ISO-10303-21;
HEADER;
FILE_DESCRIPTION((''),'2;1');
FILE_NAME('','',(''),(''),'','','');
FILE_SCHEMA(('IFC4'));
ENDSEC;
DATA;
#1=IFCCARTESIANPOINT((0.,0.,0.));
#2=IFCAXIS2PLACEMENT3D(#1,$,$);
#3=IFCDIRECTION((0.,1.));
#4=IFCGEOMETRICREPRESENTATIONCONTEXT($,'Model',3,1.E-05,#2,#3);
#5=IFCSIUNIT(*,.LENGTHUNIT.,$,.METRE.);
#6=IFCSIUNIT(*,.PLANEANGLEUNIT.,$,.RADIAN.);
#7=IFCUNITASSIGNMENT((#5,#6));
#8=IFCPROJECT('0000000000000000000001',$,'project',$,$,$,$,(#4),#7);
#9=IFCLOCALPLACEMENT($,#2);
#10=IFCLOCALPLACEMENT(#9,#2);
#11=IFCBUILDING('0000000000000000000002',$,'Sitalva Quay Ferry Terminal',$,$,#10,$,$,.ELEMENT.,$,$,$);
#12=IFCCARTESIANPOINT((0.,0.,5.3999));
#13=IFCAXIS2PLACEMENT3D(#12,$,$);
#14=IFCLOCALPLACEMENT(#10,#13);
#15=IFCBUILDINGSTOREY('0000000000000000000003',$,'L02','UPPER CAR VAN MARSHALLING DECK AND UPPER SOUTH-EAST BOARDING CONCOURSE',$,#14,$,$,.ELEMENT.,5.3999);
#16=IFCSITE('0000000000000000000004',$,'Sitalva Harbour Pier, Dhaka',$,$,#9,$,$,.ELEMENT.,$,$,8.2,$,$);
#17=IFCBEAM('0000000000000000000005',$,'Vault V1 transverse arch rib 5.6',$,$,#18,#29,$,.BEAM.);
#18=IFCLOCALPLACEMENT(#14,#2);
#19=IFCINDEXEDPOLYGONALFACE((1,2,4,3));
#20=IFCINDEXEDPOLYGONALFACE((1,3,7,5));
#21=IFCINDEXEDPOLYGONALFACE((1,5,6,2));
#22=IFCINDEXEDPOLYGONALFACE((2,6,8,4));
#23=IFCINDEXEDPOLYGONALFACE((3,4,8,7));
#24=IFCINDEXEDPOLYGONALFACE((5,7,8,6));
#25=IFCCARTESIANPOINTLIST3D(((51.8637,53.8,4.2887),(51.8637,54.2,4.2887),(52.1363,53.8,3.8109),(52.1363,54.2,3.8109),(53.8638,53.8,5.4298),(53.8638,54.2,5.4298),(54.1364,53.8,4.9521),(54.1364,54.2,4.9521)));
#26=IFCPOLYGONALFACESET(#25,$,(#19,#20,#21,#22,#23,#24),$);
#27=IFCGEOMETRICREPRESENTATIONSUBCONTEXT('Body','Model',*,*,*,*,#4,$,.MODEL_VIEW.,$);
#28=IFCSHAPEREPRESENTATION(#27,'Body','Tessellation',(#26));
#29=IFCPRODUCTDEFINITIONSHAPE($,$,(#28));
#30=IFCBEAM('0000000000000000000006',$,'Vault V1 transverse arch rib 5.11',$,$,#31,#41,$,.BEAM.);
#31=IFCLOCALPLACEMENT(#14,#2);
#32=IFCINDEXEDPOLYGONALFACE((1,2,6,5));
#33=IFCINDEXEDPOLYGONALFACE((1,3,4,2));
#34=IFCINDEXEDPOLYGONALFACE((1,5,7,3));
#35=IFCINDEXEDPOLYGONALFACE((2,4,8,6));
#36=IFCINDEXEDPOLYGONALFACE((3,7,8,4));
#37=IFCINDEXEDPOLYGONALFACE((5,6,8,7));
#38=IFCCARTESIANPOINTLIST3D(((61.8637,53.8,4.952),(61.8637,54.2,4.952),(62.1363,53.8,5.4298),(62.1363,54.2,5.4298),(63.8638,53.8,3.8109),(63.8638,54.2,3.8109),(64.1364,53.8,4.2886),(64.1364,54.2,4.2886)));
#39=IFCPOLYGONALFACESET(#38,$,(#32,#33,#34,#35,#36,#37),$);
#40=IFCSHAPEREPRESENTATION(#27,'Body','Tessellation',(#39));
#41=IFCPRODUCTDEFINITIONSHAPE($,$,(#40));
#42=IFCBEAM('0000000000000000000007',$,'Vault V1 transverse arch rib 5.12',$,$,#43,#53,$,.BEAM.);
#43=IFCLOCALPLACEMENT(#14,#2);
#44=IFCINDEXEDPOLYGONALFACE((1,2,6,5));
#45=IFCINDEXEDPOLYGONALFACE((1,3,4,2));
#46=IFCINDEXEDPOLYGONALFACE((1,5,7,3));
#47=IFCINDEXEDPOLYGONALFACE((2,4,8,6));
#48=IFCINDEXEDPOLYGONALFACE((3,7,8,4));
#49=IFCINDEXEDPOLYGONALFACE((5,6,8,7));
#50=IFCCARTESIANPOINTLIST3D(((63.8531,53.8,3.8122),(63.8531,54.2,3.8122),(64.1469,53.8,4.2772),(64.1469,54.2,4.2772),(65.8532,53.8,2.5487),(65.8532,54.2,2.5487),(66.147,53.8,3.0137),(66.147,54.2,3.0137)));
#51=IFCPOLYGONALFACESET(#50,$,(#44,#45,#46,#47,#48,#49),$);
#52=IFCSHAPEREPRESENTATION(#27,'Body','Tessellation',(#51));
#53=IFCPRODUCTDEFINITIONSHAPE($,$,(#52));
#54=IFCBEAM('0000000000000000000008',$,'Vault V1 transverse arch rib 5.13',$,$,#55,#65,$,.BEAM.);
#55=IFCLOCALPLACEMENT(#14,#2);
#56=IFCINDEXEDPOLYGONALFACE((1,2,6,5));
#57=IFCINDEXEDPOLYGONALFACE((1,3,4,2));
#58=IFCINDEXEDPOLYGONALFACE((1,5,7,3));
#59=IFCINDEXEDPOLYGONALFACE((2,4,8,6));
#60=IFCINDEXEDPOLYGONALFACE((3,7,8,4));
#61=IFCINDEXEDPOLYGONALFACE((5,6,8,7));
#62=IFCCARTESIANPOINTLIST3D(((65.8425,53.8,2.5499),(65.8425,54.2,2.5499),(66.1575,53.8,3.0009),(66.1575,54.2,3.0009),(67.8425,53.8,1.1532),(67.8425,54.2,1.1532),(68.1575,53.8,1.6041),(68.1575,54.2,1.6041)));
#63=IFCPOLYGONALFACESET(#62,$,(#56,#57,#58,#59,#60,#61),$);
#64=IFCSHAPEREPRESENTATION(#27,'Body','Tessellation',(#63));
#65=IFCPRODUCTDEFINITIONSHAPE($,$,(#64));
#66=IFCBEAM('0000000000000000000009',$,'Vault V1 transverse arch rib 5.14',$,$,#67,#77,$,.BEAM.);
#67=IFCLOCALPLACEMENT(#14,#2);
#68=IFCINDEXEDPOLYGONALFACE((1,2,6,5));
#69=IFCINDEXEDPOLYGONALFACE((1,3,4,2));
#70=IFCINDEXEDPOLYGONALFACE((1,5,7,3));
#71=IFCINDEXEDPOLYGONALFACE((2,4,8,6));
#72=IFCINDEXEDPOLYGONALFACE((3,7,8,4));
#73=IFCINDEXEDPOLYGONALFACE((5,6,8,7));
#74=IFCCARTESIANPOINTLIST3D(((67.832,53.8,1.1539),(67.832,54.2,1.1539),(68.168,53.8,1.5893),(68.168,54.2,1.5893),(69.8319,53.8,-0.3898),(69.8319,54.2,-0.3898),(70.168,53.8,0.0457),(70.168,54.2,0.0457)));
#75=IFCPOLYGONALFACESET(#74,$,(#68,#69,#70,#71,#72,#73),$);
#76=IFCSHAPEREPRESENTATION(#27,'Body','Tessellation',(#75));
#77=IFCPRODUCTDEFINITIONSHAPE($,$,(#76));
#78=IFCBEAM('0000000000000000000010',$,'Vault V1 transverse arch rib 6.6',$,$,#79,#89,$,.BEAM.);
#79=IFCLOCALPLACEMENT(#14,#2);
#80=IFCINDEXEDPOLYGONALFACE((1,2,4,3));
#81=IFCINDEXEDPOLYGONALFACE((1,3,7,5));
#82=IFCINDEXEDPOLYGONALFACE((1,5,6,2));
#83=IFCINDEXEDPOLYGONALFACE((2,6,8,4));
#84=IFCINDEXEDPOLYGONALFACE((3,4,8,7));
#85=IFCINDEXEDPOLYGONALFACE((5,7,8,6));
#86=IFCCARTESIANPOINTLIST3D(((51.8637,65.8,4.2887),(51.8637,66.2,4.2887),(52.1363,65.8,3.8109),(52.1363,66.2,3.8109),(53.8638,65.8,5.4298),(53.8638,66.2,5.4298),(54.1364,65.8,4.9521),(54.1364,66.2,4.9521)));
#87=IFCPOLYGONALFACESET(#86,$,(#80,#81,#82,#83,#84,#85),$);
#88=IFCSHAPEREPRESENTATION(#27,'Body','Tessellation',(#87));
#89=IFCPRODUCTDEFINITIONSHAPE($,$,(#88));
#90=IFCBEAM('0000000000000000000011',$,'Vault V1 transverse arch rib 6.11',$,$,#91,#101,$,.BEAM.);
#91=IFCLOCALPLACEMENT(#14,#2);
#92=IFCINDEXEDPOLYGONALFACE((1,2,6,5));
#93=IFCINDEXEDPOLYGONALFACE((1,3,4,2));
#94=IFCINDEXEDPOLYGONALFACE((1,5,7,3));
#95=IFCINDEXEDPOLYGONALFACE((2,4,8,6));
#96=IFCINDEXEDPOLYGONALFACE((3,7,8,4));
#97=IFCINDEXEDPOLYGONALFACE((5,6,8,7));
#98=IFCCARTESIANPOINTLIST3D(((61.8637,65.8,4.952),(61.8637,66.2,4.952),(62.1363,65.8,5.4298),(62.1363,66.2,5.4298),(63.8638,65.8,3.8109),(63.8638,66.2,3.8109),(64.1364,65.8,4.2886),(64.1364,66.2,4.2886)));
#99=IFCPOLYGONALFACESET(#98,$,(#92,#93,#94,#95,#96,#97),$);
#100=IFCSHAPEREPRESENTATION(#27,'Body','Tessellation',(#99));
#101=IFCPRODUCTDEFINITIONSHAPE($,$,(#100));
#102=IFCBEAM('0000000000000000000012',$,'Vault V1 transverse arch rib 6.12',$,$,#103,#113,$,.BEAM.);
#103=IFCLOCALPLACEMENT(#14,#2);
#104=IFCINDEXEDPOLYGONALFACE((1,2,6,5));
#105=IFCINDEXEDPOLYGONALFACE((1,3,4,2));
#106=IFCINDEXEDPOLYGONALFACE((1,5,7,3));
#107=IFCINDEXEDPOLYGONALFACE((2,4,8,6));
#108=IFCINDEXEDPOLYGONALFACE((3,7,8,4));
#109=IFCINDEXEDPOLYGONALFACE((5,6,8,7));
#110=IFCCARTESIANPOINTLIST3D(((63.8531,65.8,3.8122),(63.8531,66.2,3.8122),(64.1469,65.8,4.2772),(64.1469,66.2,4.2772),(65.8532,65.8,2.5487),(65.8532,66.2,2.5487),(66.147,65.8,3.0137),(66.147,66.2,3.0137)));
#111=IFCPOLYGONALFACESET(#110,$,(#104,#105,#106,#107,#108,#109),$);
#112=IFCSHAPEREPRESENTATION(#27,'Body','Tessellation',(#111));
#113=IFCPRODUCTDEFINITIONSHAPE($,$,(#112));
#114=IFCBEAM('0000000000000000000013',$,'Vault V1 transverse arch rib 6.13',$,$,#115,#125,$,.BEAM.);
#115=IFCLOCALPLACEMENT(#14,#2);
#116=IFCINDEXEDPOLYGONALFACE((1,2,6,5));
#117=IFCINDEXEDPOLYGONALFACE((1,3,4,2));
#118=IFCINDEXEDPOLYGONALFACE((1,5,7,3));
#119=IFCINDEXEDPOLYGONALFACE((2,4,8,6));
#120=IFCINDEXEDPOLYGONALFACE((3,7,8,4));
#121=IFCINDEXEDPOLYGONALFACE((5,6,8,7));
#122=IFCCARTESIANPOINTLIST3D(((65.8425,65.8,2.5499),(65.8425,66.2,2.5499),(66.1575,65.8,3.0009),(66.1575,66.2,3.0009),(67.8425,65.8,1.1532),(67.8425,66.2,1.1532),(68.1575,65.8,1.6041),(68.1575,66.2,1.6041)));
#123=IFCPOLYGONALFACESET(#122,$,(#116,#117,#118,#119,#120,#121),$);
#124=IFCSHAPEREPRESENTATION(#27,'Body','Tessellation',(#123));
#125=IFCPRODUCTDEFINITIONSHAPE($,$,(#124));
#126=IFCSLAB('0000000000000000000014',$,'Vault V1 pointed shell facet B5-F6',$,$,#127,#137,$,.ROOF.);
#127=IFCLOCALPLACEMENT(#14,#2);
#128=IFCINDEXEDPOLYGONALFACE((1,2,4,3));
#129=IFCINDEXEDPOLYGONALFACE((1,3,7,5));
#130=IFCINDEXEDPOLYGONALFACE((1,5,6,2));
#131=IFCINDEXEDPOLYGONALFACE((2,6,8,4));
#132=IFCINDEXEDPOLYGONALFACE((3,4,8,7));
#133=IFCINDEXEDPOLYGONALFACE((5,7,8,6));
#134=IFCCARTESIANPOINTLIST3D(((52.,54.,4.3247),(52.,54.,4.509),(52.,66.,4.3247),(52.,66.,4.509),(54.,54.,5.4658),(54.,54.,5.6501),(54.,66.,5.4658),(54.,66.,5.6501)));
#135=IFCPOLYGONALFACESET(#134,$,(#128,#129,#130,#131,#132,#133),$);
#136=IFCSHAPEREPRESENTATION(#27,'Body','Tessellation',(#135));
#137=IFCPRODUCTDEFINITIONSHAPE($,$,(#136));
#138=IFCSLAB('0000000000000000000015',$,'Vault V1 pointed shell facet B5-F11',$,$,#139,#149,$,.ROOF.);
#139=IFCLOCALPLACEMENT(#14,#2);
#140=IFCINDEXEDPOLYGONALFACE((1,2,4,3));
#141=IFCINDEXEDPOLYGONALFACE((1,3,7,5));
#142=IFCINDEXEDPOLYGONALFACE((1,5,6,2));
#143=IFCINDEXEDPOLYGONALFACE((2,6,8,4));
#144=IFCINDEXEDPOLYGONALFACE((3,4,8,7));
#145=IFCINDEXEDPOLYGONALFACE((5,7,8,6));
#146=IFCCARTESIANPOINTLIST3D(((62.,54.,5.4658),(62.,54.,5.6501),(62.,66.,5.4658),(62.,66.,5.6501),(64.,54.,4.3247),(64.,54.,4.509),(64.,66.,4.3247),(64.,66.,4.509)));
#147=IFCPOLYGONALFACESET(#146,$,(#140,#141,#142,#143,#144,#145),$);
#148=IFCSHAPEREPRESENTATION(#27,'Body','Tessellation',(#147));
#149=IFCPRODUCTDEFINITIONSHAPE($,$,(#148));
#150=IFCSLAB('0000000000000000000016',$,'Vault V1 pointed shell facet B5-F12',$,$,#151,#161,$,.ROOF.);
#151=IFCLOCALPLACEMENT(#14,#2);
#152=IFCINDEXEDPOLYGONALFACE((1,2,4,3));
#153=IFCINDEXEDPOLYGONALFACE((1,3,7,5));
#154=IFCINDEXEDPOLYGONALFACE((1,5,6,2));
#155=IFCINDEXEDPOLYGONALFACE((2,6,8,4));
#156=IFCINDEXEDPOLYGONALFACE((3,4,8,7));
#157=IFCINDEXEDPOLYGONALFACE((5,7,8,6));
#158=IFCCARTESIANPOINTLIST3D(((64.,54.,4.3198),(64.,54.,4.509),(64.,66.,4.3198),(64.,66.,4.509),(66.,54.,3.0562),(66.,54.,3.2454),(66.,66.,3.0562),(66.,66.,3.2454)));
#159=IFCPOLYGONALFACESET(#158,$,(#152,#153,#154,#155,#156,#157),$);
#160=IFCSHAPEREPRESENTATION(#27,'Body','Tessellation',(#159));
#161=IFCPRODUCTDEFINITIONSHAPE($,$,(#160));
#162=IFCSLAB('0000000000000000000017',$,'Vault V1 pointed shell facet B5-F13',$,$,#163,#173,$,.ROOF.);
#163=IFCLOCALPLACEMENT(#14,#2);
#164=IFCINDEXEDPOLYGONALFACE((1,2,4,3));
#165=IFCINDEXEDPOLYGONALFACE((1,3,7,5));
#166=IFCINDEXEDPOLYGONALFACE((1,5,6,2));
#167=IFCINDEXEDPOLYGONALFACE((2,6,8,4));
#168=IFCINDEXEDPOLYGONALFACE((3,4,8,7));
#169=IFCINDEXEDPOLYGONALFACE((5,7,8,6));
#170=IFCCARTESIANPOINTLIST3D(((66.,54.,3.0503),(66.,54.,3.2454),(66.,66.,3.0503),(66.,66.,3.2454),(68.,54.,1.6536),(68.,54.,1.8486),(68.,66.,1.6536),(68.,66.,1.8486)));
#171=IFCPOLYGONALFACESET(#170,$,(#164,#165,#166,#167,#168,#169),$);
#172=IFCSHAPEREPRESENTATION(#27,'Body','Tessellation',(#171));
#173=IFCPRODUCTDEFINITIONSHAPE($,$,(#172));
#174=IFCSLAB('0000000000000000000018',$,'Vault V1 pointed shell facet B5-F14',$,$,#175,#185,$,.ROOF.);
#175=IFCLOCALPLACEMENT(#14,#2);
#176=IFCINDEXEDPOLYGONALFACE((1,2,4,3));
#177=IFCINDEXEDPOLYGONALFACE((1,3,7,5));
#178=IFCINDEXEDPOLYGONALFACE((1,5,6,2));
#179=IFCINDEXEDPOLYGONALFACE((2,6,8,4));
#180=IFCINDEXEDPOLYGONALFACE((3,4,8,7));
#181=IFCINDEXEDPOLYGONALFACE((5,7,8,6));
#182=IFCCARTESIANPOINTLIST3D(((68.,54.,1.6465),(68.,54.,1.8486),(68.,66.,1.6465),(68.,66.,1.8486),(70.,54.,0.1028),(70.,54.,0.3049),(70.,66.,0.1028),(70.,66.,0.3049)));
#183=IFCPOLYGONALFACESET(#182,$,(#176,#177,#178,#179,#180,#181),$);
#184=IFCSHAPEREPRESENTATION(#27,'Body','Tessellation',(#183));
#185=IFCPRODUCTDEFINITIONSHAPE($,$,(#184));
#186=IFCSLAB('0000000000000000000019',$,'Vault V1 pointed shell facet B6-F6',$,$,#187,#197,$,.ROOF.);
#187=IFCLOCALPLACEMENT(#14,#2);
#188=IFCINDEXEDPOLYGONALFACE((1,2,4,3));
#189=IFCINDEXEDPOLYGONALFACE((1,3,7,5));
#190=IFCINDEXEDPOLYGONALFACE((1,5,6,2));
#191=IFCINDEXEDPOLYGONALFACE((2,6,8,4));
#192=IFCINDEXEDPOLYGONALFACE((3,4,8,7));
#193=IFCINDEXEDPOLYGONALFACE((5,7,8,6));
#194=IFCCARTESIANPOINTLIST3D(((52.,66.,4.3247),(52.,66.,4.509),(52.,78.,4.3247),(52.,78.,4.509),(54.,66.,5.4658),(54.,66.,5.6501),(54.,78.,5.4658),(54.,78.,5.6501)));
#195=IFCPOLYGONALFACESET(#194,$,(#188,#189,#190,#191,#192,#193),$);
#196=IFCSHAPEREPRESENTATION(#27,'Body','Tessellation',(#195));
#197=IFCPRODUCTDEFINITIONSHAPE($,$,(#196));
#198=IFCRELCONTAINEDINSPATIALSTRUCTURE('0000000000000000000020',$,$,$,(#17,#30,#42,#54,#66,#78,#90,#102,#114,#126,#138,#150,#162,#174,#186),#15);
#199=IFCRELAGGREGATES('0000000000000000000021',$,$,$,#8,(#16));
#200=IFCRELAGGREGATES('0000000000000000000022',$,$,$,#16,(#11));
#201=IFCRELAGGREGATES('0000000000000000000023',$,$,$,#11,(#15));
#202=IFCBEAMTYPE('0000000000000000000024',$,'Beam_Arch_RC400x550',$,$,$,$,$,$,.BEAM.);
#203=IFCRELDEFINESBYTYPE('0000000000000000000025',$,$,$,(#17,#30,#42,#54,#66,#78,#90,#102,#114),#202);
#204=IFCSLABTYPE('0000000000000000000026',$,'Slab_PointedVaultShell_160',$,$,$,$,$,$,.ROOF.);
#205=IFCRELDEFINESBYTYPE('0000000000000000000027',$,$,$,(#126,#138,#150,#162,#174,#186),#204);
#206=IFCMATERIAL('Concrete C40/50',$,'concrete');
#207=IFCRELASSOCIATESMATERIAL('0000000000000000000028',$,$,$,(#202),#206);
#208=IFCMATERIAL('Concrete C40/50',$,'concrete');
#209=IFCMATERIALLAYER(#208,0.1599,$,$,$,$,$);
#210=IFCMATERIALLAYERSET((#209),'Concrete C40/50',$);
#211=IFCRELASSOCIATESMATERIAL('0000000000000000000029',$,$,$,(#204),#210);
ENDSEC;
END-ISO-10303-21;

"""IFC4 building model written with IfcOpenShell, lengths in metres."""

from ifc_helpers import new_model, si_unit, direction, frame, origin, origin_2d, place, context, subcontext, project, spatial, polyline, rectangle, outline, extrude, material, layer, layer_set, material_profile, profile_set, type_object, element, save


model = new_model("IFC4")

# Units and contexts
model_context = context("Model", 3, precision=1e-05, world=origin(), true_north=direction((0.0, 1.0)))
body_context = subcontext(model_context, "Body", "Model", "MODEL_VIEW")
ifc_project = project(units=[si_unit("LENGTHUNIT", "METRE"), si_unit("PLANEANGLEUNIT", "RADIAN")], contexts=[model_context])

# Site, building, storey
site_placement = place(None, origin())
site = spatial("IfcSite", under=ifc_project, at=site_placement, Name="Sitalva Harbour Pier, Dhaka", CompositionType="ELEMENT", RefElevation=8.2)
building_placement = place(site_placement, origin())
building = spatial("IfcBuilding", under=site, at=building_placement, Name="Sitalva Quay Ferry Terminal", CompositionType="ELEMENT")
storey_placement = place(building_placement, frame((0.0, 0.0, 5.3999)))
storey = spatial("IfcBuildingStorey", under=building, at=storey_placement, Name="L02", Description="UPPER CAR VAN MARSHALLING DECK AND UPPER SOUTH-EAST BOARDING CONCOURSE", CompositionType="ELEMENT", Elevation=5.3999)

# Beams
ifc_material_1 = material(Name="Concrete C40/50", Category="concrete")
ifc_material_profile = material_profile(ifc_material_1, rectangle(XDim=0.3999, YDim=0.55, at=origin_2d()), Name="RC400x550")
ifc_profile_set = profile_set([ifc_material_profile], Name="Concrete C40/50")
beam_type = type_object("IfcBeamType", Name="Beam_Arch_RC400x550", PredefinedType="BEAM", material=ifc_profile_set)
for number, where, z_axis, x_axis, name in (
    (1, (52.0, 54.0, 4.0498), (0.868569, 0.0, 0.495568), (0.0, 1.0, 0.0), "Vault V1 transverse arch rib 5.6"),
    (2, (62.0, 54.0, 5.1909), (0.868569, 0.0, -0.495568), (0.0, 1.0, 0.0), "Vault V1 transverse arch rib 5.11"),
):
    element("IfcBeam", number, at=place(storey_placement, frame(where, z_axis=z_axis, x_axis=x_axis)), inside=storey, type_object=beam_type, Name=name, PredefinedType="BEAM", context=body_context, shape_type="SweptSolid", body=[
        extrude(rectangle(XDim=0.3999, YDim=0.55, at=origin_2d()), origin(), (0.0, 0.0, 1.0), 2.3027),
    ])
beam_1_placement = place(storey_placement, frame((64.0, 54.0, 4.0447), z_axis=(0.845437, 0.0, -0.534075), x_axis=(0.0, 1.0, 0.0)))
element("IfcBeam", 3, at=beam_1_placement, inside=storey, type_object=beam_type, Name="Vault V1 transverse arch rib 5.12", PredefinedType="BEAM", context=body_context, shape_type="SweptSolid", body=[
    extrude(rectangle(XDim=0.3999, YDim=0.55, at=origin_2d()), origin(), (0.0, 0.0, 1.0), 2.3657),
])
beam_2_placement = place(storey_placement, frame((66.0, 54.0, 2.7754), z_axis=(0.819861, 0.0, -0.572562), x_axis=(0.0, 1.0, 0.0)))
element("IfcBeam", 4, at=beam_2_placement, inside=storey, type_object=beam_type, Name="Vault V1 transverse arch rib 5.13", PredefinedType="BEAM", context=body_context, shape_type="SweptSolid", body=[
    extrude(rectangle(XDim=0.3999, YDim=0.55, at=origin_2d()), origin(), (0.0, 0.0, 1.0), 2.4395),
])
beam_3_placement = place(storey_placement, frame((68.0, 54.0, 1.3716), z_axis=(0.791621, 0.0, -0.611013), x_axis=(0.0, 1.0, 0.0)))
element("IfcBeam", 5, at=beam_3_placement, inside=storey, type_object=beam_type, Name="Vault V1 transverse arch rib 5.14", PredefinedType="BEAM", context=body_context, shape_type="SweptSolid", body=[
    extrude(rectangle(XDim=0.3999, YDim=0.55, at=origin_2d()), origin(), (0.0, 0.0, 1.0), 2.5264),
])
for number, where, z_axis, x_axis, name in (
    (6, (52.0, 66.0, 4.0498), (0.868569, 0.0, 0.495568), (0.0, 1.0, 0.0), "Vault V1 transverse arch rib 6.6"),
    (7, (62.0, 66.0, 5.1909), (0.868569, 0.0, -0.495568), (0.0, 1.0, 0.0), "Vault V1 transverse arch rib 6.11"),
):
    element("IfcBeam", number, at=place(storey_placement, frame(where, z_axis=z_axis, x_axis=x_axis)), inside=storey, type_object=beam_type, Name=name, PredefinedType="BEAM", context=body_context, shape_type="SweptSolid", body=[
        extrude(rectangle(XDim=0.3999, YDim=0.55, at=origin_2d()), origin(), (0.0, 0.0, 1.0), 2.3027),
    ])
beam_4_placement = place(storey_placement, frame((64.0, 66.0, 4.0447), z_axis=(0.845437, 0.0, -0.534075), x_axis=(0.0, 1.0, 0.0)))
element("IfcBeam", 8, at=beam_4_placement, inside=storey, type_object=beam_type, Name="Vault V1 transverse arch rib 6.12", PredefinedType="BEAM", context=body_context, shape_type="SweptSolid", body=[
    extrude(rectangle(XDim=0.3999, YDim=0.55, at=origin_2d()), origin(), (0.0, 0.0, 1.0), 2.3657),
])
beam_5_placement = place(storey_placement, frame((66.0, 66.0, 2.7754), z_axis=(0.819861, 0.0, -0.572562), x_axis=(0.0, 1.0, 0.0)))
element("IfcBeam", 9, at=beam_5_placement, inside=storey, type_object=beam_type, Name="Vault V1 transverse arch rib 6.13", PredefinedType="BEAM", context=body_context, shape_type="SweptSolid", body=[
    extrude(rectangle(XDim=0.3999, YDim=0.55, at=origin_2d()), origin(), (0.0, 0.0, 1.0), 2.4395),
])

# Slabs
ifc_material_2 = material(Name="Concrete C40/50", Category="concrete")
ifc_layer = layer(ifc_material_2, 0.1599)
ifc_layer_set = layer_set([ifc_layer], Name="Concrete C40/50")
slab_type = type_object("IfcSlabType", Name="Slab_PointedVaultShell_160", PredefinedType="ROOF", material=ifc_layer_set)
slab_1_placement = place(storey_placement, frame((52.0, 54.0, 4.509), z_axis=(-0.495568, 0.0, 0.868569), x_axis=(0.868569, 0.0, 0.495568)))
element("IfcSlab", 10, at=slab_1_placement, inside=storey, type_object=slab_type, Name="Vault V1 pointed shell facet B5-F6", PredefinedType="ROOF", context=body_context, shape_type="SweptSolid", body=[
    extrude(outline(polyline([(0.0, 0.0), (2.3026, 0.0), (2.3026, 12.0), (0.0, 12.0), (0.0, 0.0)])), origin(), (-0.495568, 0.0, -0.868569), 0.1843),
])
slab_2_placement = place(storey_placement, frame((62.0, 54.0, 5.6501), z_axis=(0.495568, 0.0, 0.868569), x_axis=(0.868569, 0.0, -0.495568)))
element("IfcSlab", 11, at=slab_2_placement, inside=storey, type_object=slab_type, Name="Vault V1 pointed shell facet B5-F11", PredefinedType="ROOF", context=body_context, shape_type="SweptSolid", body=[
    extrude(outline(polyline([(0.0, 0.0), (2.3026, 0.0), (2.3026, 12.0), (0.0, 12.0), (0.0, 0.0)])), origin(), (0.495568, 0.0, -0.868569), 0.1843),
])
slab_3_placement = place(storey_placement, frame((64.0, 54.0, 4.509), z_axis=(0.534148, 0.0, 0.845391), x_axis=(0.845391, 0.0, -0.534148)))
element("IfcSlab", 12, at=slab_3_placement, inside=storey, type_object=slab_type, Name="Vault V1 pointed shell facet B5-F12", PredefinedType="ROOF", context=body_context, shape_type="SweptSolid", body=[
    extrude(outline(polyline([(0.0, 0.0), (2.3658, 0.0), (2.3658, 12.0), (0.0, 12.0), (0.0, 0.0)])), origin(), (0.534148, 0.0, -0.845391), 0.1892),
])
slab_4_placement = place(storey_placement, frame((66.0, 54.0, 3.2454), z_axis=(0.572562, 0.0, 0.819861), x_axis=(0.819861, 0.0, -0.572562)))
element("IfcSlab", 13, at=slab_4_placement, inside=storey, type_object=slab_type, Name="Vault V1 pointed shell facet B5-F13", PredefinedType="ROOF", context=body_context, shape_type="SweptSolid", body=[
    extrude(outline(polyline([(0.0, 0.0), (2.4394, 0.0), (2.4394, 12.0), (0.0, 12.0), (0.0, 0.0)])), origin(), (0.572562, 0.0, -0.819861), 0.1951),
])
slab_5_placement = place(storey_placement, frame((68.0, 54.0, 1.8486), z_axis=(0.611013, 0.0, 0.791621), x_axis=(0.791621, 0.0, -0.611013)))
element("IfcSlab", 14, at=slab_5_placement, inside=storey, type_object=slab_type, Name="Vault V1 pointed shell facet B5-F14", PredefinedType="ROOF", context=body_context, shape_type="SweptSolid", body=[
    extrude(outline(polyline([(0.0, 0.0), (2.5265, 0.0), (2.5265, 12.0), (0.0, 12.0), (0.0, 0.0)])), origin(), (0.611013, 0.0, -0.791621), 0.2021),
])
slab_6_placement = place(storey_placement, frame((52.0, 66.0, 4.509), z_axis=(-0.495568, 0.0, 0.868569), x_axis=(0.868569, 0.0, 0.495568)))
element("IfcSlab", 15, at=slab_6_placement, inside=storey, type_object=slab_type, Name="Vault V1 pointed shell facet B6-F6", PredefinedType="ROOF", context=body_context, shape_type="SweptSolid", body=[
    extrude(outline(polyline([(0.0, 0.0), (2.3026, 0.0), (2.3026, 12.0), (0.0, 12.0), (0.0, 0.0)])), origin(), (-0.495568, 0.0, -0.868569), 0.1843),
])

save(model, "model.ifc")
